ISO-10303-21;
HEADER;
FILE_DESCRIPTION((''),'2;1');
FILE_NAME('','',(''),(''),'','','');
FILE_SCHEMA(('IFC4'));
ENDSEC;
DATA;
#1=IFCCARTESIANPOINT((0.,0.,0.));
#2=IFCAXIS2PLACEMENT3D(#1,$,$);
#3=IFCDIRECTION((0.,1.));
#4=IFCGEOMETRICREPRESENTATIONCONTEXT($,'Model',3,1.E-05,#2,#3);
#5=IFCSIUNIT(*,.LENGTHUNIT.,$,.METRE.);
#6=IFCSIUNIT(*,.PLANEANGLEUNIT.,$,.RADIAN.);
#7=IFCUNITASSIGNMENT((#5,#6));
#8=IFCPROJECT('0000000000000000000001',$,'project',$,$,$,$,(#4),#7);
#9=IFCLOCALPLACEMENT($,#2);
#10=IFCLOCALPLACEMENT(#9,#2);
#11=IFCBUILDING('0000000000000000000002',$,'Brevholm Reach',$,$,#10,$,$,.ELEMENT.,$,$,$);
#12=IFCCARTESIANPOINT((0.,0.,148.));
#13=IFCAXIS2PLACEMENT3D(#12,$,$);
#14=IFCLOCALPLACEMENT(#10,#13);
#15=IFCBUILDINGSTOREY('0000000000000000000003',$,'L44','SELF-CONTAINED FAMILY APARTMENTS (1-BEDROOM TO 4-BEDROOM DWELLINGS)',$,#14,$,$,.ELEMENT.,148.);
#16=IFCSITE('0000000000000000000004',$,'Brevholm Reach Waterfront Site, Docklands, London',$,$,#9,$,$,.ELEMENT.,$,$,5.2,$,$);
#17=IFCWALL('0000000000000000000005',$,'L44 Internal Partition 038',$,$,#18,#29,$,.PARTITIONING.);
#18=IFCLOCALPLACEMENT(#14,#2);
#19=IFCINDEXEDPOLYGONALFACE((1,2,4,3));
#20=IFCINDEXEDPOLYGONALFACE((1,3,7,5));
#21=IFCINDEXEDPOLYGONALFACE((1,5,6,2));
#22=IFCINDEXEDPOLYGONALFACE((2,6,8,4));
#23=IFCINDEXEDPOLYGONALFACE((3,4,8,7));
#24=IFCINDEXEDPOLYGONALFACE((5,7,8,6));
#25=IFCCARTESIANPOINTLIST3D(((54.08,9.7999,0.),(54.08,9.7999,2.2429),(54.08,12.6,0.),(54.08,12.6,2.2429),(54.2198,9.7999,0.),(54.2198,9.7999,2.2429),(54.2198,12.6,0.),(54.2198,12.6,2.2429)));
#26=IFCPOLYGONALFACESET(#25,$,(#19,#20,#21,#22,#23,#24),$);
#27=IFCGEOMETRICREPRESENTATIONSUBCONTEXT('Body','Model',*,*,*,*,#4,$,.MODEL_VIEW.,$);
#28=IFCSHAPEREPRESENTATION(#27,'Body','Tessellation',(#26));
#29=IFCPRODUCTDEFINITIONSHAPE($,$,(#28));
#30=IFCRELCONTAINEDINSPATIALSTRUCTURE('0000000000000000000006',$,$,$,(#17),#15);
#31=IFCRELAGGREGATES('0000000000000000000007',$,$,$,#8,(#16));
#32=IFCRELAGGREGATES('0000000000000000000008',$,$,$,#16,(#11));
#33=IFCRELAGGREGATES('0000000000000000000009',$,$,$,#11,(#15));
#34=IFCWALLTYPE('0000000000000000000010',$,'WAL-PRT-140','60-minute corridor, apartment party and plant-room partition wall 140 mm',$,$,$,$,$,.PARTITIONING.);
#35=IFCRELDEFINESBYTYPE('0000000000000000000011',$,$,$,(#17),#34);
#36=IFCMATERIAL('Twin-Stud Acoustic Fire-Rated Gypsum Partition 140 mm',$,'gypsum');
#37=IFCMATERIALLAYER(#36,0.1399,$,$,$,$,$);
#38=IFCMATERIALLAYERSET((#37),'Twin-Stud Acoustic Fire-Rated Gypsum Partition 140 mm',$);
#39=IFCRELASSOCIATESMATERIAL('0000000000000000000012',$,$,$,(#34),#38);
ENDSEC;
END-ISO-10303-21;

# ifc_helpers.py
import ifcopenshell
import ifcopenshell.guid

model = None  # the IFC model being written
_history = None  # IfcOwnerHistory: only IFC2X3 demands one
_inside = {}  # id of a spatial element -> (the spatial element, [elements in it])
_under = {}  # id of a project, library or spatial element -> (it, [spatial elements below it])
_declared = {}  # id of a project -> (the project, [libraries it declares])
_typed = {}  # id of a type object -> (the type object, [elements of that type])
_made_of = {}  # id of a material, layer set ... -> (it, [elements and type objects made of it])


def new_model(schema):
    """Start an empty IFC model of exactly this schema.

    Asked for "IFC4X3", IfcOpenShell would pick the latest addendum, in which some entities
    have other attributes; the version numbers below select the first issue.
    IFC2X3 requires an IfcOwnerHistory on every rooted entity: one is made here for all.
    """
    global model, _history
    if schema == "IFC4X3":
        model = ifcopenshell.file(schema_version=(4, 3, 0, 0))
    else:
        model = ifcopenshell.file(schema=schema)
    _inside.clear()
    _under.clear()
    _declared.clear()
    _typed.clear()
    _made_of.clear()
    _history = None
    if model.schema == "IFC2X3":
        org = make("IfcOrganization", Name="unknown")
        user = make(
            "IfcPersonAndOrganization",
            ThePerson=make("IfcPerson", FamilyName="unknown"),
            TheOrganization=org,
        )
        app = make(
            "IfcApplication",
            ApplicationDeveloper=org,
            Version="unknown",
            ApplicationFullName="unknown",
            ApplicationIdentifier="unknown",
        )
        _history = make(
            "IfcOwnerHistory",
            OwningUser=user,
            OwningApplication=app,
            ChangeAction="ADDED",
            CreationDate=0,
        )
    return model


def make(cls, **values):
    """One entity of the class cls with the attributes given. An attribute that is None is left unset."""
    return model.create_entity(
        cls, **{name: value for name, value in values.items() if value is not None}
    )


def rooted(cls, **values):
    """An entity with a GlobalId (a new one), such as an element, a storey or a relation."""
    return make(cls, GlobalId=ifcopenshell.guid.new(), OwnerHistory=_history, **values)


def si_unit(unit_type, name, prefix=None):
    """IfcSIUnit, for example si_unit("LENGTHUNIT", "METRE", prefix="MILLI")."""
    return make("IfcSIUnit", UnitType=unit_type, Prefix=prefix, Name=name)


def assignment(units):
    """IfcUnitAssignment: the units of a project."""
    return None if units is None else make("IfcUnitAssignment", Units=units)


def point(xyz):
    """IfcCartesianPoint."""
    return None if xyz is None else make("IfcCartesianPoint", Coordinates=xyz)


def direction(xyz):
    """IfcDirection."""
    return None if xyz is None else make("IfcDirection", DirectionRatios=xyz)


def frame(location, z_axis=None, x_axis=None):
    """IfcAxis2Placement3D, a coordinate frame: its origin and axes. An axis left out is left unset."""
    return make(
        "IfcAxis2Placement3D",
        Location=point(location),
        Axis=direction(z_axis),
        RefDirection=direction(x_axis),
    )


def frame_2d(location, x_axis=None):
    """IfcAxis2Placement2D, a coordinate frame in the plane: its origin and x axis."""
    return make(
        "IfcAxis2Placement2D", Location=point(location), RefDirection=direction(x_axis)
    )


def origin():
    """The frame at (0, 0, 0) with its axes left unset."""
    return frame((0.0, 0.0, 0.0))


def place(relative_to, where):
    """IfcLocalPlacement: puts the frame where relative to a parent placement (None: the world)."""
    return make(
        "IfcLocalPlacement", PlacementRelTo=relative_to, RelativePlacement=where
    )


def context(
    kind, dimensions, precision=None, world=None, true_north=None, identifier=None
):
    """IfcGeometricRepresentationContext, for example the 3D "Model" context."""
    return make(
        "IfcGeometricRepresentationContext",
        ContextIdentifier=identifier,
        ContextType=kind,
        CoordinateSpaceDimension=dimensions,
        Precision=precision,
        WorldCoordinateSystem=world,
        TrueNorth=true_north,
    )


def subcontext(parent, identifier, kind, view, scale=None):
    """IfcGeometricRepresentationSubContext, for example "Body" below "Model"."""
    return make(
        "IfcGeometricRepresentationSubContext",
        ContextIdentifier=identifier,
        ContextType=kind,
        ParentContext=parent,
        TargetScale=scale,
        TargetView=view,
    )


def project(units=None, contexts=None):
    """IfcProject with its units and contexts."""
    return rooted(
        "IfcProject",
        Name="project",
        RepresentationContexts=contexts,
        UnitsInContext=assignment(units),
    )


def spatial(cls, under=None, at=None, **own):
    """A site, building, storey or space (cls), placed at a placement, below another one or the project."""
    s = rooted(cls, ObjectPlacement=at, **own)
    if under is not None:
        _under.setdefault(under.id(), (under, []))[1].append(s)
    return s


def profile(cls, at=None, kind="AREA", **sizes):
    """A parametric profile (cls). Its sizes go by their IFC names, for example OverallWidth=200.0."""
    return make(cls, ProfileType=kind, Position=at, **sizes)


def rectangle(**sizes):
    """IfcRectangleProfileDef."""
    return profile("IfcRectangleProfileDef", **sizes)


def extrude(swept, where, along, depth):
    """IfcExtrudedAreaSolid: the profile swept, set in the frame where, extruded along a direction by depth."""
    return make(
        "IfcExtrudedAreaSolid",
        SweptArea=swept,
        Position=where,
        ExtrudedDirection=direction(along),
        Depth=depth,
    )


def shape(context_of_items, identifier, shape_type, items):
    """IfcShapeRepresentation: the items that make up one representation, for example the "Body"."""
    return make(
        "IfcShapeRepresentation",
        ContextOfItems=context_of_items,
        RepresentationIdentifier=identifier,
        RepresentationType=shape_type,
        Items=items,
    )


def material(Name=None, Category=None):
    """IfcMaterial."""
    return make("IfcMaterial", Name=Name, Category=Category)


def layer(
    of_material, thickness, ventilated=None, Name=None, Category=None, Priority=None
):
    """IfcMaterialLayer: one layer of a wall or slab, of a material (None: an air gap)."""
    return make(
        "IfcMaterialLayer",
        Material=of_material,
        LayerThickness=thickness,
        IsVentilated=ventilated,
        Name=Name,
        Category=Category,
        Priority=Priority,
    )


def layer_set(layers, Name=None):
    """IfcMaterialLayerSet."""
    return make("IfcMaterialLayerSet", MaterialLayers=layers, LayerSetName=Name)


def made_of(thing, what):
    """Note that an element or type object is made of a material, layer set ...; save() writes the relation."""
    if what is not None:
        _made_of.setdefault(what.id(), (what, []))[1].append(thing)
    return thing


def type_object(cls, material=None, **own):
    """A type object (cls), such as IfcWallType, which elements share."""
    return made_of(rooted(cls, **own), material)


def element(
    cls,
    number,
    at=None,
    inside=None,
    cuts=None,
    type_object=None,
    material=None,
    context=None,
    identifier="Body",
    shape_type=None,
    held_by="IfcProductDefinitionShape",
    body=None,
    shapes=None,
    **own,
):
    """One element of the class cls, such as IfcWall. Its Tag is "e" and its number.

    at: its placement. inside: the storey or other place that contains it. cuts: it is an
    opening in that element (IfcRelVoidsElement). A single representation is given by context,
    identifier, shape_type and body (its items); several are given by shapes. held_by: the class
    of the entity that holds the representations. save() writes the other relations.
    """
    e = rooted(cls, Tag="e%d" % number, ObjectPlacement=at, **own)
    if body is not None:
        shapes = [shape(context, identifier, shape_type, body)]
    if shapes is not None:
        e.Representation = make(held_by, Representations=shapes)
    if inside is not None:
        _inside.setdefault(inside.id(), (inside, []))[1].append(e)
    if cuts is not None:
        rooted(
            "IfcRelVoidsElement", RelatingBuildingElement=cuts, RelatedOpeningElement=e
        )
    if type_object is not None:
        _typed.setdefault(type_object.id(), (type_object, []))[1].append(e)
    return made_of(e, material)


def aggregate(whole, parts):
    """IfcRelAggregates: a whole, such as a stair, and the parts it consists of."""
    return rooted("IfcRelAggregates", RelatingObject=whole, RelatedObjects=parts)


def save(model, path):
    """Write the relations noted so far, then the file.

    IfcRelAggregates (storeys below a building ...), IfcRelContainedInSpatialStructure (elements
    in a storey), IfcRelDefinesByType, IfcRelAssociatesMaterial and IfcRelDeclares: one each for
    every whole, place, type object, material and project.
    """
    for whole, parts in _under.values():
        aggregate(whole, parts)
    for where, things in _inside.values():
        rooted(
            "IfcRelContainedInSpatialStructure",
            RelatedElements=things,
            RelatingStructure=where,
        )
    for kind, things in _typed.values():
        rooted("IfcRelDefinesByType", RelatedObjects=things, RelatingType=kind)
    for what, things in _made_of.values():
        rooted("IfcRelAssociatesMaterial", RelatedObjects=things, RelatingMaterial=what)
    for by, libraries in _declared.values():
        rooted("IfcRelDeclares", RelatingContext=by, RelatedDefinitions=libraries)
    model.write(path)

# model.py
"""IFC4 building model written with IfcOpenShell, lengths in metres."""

from ifc_helpers import new_model, si_unit, direction, frame, frame_2d, origin, place, context, subcontext, project, spatial, rectangle, extrude, material, layer, layer_set, type_object, element, save


model = new_model("IFC4")

# Units and contexts
model_context = context("Model", 3, precision=1e-05, world=origin(), true_north=direction((0.0, 1.0)))
body_context = subcontext(model_context, "Body", "Model", "MODEL_VIEW")
ifc_project = project(units=[si_unit("LENGTHUNIT", "METRE"), si_unit("PLANEANGLEUNIT", "RADIAN")], contexts=[model_context])

# Site, building, storey
site_placement = place(None, origin())
site = spatial("IfcSite", under=ifc_project, at=site_placement, Name="Brevholm Reach Waterfront Site, Docklands, London", CompositionType="ELEMENT", RefElevation=5.2)
building_placement = place(site_placement, origin())
building = spatial("IfcBuilding", under=site, at=building_placement, Name="Brevholm Reach", CompositionType="ELEMENT")
storey_placement = place(building_placement, frame((0.0, 0.0, 148.0)))
storey = spatial("IfcBuildingStorey", under=building, at=storey_placement, Name="L44", Description="SELF-CONTAINED FAMILY APARTMENTS (1-BEDROOM TO 4-BEDROOM DWELLINGS)", CompositionType="ELEMENT", Elevation=148.0)

# Shared definitions
ifc_material_1 = material(Name="Twin-Stud Acoustic Fire-Rated Gypsum Partition 140 mm", Category="gypsum")
ifc_layer_1 = layer(ifc_material_1, 0.1399)
ifc_layer_set_1 = layer_set([ifc_layer_1], Name="Twin-Stud Acoustic Fire-Rated Gypsum Partition 140 mm")
wall_type_1 = type_object("IfcWallType", Name="WAL-PRT-140", Description="60-minute corridor, apartment party and plant-room partition wall 140 mm", PredefinedType="PARTITIONING", material=ifc_layer_set_1)

# Wall
wall_1_placement = place(storey_placement, frame((54.1499, 9.8, 0.0), z_axis=(0.0, 0.0, 1.0), x_axis=(0.0, 1.0, 0.0)))
element("IfcWall", 1, at=wall_1_placement, inside=storey, type_object=wall_type_1, Name="L44 Internal Partition 038", PredefinedType="PARTITIONING", context=body_context, shape_type="SweptSolid", body=[
    extrude(rectangle(XDim=2.8, YDim=0.1399, at=frame_2d((1.3999, 0.0))), origin(), (0.0, 0.0, 1.0), 2.2429),
])

save(model, "model.ifc")
